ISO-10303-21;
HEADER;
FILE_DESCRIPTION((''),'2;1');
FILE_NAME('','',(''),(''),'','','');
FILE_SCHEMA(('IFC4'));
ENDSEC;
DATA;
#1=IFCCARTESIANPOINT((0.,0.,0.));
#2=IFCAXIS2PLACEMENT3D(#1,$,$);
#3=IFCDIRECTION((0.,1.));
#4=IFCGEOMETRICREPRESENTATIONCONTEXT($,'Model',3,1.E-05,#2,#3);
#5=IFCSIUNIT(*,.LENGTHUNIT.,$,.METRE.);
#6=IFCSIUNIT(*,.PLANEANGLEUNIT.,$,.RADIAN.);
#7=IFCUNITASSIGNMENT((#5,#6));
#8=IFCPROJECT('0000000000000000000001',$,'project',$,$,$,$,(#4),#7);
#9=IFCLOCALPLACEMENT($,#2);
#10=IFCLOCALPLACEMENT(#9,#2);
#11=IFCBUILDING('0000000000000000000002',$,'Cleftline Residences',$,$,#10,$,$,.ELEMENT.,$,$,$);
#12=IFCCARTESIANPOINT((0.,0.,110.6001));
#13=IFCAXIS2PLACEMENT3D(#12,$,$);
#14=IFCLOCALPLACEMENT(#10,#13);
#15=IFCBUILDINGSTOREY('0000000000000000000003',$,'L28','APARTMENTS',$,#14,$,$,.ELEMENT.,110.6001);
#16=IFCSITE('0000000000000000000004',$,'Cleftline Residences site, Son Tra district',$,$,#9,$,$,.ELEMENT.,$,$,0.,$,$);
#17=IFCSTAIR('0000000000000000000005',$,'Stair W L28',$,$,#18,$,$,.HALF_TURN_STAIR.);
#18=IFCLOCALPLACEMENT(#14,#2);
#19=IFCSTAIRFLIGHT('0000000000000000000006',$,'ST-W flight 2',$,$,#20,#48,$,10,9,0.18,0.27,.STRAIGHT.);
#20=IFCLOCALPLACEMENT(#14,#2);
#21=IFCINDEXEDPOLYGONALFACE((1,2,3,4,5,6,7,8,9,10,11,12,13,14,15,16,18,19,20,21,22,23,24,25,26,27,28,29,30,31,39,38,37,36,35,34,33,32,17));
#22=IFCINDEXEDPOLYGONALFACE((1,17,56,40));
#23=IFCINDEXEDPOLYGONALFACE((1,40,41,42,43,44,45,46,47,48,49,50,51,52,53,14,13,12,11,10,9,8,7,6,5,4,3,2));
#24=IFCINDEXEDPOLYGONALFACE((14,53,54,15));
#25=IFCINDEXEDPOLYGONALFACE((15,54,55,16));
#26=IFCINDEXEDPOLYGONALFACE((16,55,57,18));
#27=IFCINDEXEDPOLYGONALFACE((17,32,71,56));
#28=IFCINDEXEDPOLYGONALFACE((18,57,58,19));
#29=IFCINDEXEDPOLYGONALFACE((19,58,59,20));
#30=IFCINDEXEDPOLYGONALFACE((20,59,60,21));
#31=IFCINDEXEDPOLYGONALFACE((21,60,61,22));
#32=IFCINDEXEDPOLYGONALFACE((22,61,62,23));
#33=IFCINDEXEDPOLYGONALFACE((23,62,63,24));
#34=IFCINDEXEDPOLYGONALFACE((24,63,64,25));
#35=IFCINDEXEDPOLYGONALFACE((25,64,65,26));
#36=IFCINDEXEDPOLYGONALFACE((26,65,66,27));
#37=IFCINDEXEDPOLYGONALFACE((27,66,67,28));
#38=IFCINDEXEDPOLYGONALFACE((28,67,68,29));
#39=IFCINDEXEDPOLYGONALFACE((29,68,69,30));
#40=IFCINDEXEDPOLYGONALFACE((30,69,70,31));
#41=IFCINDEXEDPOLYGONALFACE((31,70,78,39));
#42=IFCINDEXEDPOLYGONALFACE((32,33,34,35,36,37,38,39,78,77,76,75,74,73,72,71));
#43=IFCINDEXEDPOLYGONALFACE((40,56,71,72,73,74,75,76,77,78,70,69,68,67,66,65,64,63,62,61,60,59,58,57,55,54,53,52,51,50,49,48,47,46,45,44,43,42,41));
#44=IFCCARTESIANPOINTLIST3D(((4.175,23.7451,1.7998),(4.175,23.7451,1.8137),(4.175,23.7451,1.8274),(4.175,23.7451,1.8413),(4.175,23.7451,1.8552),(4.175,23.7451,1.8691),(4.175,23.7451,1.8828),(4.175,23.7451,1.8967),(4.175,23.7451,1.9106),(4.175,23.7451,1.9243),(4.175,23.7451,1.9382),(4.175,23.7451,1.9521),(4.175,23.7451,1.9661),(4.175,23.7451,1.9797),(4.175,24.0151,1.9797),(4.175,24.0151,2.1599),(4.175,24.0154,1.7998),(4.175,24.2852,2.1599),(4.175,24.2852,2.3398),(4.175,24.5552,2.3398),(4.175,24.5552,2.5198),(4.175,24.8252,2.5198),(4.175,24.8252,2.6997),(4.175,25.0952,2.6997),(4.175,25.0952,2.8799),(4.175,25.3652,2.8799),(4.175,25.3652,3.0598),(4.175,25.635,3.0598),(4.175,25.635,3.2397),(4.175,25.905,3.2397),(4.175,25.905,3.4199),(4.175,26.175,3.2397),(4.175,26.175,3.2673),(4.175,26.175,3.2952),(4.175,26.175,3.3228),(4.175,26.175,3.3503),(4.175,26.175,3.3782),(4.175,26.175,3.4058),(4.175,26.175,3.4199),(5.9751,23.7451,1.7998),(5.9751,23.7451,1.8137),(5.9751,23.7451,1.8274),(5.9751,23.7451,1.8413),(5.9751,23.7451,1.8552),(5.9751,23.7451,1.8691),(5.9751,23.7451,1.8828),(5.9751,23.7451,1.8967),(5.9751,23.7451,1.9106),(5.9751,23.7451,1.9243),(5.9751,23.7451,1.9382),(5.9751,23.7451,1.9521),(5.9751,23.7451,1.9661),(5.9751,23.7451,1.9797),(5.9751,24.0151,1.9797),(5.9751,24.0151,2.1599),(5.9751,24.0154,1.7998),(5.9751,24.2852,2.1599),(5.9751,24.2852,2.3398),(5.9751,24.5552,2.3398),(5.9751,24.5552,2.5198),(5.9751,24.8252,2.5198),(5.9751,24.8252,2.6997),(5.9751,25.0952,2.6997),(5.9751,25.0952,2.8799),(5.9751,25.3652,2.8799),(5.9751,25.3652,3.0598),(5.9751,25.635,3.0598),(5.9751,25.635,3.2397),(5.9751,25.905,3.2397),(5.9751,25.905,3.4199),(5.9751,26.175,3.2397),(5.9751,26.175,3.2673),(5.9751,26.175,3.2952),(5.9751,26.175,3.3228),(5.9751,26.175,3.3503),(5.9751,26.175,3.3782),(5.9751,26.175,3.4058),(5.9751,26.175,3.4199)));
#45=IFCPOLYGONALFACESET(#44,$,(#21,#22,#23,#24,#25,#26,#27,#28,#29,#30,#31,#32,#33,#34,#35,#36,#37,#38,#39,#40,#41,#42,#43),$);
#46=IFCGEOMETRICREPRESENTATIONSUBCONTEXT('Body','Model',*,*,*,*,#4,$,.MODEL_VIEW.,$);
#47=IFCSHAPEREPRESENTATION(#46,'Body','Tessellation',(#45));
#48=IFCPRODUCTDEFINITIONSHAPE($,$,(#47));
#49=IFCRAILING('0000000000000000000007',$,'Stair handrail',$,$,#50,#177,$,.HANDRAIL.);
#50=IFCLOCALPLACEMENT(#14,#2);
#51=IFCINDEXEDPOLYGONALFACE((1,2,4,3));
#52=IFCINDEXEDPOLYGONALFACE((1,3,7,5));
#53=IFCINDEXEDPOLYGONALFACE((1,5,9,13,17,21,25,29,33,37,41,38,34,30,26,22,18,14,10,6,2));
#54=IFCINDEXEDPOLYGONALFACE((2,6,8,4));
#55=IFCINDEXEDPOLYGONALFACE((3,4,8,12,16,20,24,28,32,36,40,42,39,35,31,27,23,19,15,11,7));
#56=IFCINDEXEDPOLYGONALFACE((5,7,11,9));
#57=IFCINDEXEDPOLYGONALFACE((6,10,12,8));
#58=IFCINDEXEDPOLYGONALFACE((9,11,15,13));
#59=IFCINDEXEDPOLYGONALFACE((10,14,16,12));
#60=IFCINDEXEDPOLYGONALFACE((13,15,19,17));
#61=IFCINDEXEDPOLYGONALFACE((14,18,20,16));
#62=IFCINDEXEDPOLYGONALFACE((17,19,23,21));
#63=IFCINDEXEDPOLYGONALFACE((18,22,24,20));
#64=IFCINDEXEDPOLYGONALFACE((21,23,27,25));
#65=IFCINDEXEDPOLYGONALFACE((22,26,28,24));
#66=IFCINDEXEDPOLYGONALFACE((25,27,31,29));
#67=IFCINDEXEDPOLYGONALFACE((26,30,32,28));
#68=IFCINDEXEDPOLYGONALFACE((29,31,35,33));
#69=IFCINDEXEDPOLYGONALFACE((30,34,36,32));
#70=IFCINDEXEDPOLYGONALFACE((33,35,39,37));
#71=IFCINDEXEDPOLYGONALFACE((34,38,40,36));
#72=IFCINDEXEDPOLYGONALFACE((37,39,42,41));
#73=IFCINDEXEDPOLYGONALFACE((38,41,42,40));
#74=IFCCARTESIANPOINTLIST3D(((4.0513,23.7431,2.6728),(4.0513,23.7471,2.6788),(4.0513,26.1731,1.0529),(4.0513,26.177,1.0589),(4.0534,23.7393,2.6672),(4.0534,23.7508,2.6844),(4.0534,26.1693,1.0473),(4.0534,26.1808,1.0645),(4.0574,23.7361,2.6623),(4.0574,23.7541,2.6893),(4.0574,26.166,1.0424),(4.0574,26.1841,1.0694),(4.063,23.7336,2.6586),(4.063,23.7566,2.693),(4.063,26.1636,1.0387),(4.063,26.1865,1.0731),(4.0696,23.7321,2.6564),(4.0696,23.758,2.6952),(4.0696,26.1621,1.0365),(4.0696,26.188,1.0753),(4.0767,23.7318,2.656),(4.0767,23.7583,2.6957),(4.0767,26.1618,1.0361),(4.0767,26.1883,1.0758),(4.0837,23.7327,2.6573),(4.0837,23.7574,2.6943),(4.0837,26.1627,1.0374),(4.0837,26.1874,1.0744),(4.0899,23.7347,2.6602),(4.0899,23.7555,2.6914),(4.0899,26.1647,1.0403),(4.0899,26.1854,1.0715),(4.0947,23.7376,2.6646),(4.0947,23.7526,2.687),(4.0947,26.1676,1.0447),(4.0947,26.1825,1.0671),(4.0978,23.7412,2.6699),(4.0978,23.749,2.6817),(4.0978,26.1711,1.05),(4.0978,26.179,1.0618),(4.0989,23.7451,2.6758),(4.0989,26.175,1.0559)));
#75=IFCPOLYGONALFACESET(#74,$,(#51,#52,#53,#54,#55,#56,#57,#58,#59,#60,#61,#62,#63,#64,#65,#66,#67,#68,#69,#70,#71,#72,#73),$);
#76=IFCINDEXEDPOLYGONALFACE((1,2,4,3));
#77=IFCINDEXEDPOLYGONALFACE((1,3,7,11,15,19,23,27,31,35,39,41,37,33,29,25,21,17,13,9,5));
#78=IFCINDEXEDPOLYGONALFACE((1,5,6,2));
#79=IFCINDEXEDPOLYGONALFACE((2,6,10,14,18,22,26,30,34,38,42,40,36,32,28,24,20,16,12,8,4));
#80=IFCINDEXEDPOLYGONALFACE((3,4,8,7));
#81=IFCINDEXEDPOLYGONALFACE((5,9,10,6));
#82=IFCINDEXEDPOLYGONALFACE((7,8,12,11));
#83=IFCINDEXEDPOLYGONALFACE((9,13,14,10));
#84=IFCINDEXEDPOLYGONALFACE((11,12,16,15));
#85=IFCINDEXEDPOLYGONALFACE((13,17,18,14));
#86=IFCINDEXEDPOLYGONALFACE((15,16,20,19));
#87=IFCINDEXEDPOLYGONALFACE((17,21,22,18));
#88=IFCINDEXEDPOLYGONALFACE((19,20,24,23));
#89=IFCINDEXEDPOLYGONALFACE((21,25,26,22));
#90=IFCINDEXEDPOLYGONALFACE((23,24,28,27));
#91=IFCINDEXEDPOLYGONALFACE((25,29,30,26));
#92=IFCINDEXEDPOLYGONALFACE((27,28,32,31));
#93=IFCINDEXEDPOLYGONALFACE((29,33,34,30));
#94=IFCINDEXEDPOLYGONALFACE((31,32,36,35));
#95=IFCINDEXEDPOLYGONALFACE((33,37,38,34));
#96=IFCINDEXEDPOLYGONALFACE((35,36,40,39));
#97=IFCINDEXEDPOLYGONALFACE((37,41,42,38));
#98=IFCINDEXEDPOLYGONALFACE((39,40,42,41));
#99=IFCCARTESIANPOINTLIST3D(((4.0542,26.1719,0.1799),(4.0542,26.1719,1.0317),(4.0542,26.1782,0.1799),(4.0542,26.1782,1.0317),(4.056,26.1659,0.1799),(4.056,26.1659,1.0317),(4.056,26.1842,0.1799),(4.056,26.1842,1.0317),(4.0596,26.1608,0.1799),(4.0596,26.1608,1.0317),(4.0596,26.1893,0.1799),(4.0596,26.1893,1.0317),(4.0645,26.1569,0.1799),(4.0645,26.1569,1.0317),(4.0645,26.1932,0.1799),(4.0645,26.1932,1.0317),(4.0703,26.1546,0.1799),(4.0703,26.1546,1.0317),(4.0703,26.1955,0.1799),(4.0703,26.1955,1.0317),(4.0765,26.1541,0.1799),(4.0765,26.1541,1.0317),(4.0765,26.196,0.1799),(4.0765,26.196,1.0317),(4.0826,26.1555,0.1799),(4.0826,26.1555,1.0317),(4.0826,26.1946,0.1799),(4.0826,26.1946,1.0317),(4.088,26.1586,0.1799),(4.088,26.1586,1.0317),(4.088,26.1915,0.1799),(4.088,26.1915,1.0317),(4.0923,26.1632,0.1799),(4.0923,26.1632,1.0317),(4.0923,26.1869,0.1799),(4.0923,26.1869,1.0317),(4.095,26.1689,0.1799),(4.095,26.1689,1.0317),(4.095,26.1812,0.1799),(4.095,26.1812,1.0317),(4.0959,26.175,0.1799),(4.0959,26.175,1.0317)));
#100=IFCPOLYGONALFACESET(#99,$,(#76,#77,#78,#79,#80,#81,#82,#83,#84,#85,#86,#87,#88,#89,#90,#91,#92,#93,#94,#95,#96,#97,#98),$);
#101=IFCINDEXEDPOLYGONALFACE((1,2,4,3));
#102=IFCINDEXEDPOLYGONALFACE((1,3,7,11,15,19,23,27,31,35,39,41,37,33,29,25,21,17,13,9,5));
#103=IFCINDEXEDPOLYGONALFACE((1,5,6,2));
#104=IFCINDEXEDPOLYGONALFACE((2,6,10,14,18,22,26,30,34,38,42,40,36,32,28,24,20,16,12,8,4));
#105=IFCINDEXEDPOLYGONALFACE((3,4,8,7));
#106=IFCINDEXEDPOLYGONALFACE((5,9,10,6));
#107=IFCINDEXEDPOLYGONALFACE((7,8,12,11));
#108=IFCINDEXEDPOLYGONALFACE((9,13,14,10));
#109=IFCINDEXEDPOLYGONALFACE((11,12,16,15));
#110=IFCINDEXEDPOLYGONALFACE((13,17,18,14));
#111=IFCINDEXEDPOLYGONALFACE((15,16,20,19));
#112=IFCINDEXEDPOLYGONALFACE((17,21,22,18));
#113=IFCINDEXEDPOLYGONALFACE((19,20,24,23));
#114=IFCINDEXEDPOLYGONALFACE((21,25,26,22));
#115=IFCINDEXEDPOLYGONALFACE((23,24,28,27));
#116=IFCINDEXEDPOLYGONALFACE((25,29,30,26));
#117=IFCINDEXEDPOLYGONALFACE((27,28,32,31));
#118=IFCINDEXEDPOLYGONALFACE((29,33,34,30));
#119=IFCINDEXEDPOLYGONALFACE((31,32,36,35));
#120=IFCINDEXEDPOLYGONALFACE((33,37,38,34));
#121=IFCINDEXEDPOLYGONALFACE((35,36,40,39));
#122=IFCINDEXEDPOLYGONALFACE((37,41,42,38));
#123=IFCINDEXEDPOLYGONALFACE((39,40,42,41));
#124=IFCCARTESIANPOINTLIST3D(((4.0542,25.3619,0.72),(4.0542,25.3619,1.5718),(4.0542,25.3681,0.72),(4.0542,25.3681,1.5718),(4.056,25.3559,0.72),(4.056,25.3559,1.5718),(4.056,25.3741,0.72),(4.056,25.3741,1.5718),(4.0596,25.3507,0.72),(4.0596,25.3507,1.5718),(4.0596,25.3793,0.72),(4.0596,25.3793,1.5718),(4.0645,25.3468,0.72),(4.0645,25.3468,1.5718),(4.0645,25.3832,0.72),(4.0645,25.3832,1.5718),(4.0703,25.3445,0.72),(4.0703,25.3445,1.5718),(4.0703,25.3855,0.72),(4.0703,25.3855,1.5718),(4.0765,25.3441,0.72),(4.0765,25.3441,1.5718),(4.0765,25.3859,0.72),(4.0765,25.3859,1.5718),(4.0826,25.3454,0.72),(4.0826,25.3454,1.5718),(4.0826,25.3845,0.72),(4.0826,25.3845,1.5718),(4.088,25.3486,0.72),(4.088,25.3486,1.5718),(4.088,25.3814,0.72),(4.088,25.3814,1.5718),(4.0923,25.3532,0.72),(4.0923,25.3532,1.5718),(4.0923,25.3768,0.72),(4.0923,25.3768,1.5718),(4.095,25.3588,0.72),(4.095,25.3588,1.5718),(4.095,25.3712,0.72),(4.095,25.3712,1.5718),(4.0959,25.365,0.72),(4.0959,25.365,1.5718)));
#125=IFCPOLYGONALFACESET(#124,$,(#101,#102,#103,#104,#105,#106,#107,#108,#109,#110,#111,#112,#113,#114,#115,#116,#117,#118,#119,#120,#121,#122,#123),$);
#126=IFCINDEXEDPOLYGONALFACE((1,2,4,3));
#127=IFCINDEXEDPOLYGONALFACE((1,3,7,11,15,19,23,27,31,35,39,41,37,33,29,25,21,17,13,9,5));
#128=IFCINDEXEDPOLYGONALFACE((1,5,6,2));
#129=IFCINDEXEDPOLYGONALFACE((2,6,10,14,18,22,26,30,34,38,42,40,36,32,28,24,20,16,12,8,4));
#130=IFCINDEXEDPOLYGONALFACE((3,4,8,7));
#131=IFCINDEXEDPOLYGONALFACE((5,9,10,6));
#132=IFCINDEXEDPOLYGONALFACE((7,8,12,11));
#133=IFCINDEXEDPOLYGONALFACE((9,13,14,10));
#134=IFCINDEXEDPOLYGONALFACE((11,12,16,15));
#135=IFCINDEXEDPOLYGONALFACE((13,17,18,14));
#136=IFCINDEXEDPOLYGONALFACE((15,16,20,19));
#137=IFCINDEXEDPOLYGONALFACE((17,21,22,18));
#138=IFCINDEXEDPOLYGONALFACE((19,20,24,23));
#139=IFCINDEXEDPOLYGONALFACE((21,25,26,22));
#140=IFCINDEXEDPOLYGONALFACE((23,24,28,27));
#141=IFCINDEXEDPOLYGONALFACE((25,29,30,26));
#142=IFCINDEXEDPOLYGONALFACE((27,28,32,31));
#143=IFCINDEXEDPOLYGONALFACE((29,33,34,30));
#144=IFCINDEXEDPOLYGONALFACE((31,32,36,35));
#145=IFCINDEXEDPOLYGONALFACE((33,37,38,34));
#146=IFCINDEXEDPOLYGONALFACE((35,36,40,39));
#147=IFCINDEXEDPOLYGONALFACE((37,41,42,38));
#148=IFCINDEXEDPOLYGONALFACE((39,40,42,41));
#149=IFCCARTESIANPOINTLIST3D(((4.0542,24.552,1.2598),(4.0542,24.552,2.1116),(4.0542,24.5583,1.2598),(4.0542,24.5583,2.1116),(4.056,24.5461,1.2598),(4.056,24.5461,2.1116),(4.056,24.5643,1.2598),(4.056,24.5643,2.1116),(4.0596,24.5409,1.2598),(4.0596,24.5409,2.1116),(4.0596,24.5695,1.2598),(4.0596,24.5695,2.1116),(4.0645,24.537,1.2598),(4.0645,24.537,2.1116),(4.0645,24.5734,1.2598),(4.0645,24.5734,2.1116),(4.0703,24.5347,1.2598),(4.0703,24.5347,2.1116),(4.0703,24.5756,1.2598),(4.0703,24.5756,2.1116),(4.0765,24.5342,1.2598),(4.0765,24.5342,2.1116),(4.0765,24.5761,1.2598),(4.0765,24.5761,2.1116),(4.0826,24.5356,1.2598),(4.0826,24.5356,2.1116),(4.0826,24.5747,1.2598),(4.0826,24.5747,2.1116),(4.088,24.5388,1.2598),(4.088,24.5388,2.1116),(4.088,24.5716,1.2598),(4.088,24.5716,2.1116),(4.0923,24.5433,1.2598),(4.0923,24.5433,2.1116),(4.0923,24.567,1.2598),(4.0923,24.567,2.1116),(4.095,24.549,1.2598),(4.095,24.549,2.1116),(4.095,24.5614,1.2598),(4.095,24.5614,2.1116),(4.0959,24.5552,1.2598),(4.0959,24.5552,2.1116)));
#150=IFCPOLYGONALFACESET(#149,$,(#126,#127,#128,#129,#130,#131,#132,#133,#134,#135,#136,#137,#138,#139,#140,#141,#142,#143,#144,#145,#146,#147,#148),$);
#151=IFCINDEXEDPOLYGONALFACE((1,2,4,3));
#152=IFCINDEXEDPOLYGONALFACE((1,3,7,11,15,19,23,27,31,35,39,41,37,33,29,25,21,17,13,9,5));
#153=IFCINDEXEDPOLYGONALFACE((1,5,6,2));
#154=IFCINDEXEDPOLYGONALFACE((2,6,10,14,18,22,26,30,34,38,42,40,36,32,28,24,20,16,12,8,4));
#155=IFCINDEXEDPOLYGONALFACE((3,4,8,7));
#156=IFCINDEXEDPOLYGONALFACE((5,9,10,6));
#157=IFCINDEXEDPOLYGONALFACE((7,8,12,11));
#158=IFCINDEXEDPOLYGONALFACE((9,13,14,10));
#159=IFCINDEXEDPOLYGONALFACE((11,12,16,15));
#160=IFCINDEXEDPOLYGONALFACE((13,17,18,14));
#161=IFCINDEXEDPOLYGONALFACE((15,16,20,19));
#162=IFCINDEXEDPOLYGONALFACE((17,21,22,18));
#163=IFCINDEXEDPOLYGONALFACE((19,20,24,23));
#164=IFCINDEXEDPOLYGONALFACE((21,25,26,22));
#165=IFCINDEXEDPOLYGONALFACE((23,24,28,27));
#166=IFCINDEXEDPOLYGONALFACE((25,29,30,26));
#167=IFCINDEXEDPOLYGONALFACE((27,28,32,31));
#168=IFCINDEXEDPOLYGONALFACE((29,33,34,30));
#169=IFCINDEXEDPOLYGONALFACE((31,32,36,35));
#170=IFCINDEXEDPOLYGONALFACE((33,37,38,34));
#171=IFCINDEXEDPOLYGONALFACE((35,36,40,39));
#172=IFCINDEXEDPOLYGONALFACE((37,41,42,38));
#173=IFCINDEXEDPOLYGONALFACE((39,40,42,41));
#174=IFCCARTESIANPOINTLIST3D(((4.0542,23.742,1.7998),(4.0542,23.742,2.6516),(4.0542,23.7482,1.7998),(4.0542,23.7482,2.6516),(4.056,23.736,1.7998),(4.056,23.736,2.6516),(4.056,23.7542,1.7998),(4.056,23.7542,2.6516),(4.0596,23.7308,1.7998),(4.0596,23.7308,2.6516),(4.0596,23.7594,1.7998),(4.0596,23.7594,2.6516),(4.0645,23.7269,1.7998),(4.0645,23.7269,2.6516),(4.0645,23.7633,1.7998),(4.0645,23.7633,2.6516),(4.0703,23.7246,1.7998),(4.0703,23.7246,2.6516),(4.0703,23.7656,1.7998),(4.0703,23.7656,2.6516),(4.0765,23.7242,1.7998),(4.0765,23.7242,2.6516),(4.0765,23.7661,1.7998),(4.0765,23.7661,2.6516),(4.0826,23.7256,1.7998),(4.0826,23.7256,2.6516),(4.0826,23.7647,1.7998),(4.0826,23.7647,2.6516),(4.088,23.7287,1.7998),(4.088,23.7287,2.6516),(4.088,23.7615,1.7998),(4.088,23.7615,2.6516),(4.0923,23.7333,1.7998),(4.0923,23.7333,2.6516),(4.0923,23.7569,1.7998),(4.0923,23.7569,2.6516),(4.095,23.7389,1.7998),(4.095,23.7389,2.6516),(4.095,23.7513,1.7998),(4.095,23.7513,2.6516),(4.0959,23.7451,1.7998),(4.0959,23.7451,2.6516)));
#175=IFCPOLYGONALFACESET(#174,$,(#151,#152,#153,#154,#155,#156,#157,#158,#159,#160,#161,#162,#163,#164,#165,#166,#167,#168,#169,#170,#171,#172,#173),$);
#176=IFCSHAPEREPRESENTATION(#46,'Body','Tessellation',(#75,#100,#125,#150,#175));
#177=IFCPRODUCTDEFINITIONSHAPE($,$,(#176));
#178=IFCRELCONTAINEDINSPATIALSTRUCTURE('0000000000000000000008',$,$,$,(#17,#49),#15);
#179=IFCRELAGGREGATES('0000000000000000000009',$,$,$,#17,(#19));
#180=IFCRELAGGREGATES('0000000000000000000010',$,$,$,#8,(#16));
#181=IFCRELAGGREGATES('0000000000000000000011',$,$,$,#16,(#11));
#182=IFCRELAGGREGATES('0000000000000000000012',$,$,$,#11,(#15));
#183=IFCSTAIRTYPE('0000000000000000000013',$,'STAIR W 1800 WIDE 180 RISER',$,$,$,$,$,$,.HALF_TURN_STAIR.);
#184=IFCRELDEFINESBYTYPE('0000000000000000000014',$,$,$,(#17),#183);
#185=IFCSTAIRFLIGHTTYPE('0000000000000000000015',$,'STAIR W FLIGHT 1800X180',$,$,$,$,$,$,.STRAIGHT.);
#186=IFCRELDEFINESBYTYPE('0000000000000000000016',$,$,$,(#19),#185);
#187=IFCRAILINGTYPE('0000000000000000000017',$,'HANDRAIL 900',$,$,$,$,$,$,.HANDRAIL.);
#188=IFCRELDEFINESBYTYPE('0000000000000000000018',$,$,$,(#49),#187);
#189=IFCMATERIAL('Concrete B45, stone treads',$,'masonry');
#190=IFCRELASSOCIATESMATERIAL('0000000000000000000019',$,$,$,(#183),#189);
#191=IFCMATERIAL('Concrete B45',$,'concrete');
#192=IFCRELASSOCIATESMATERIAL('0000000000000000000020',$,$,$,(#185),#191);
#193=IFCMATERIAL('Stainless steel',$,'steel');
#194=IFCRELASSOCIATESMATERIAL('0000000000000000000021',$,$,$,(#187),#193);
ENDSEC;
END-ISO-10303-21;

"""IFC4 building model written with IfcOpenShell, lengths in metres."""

from ifc_helpers import new_model, si_unit, direction, frame, origin, origin_2d, place, context, subcontext, project, spatial, polyline, circle, outline, extrude, material, type_object, element, aggregate, save


model = new_model("IFC4")

# Units and contexts
model_context = context("Model", 3, precision=1e-05, world=origin(), true_north=direction((0.0, 1.0)))
body_context = subcontext(model_context, "Body", "Model", "MODEL_VIEW")
ifc_project = project(units=[si_unit("LENGTHUNIT", "METRE"), si_unit("PLANEANGLEUNIT", "RADIAN")], contexts=[model_context])

# Site, building, storey
site_placement = place(None, origin())
site = spatial("IfcSite", under=ifc_project, at=site_placement, Name="Cleftline Residences site, Son Tra district", CompositionType="ELEMENT", RefElevation=0.0)
building_placement = place(site_placement, origin())
building = spatial("IfcBuilding", under=site, at=building_placement, Name="Cleftline Residences", CompositionType="ELEMENT")
storey_placement = place(building_placement, frame((0.0, 0.0, 110.6001)))
storey = spatial("IfcBuildingStorey", under=building, at=storey_placement, Name="L28", Description="APARTMENTS", CompositionType="ELEMENT", Elevation=110.6001)

# Stair, stair flight
ifc_material_1 = material(Name="Concrete B45, stone treads", Category="masonry")
stair_type = type_object("IfcStairType", Name="STAIR W 1800 WIDE 180 RISER", PredefinedType="HALF_TURN_STAIR", material=ifc_material_1)
stair_placement = place(storey_placement, origin())
stair = element("IfcStair", 1, at=stair_placement, inside=storey, type_object=stair_type, Name="Stair W L28", PredefinedType="HALF_TURN_STAIR")
ifc_material_2 = material(Name="Concrete B45", Category="concrete")
stair_flight_type = type_object("IfcStairFlightType", Name="STAIR W FLIGHT 1800X180", PredefinedType="STRAIGHT", material=ifc_material_2)
stair_flight_1_placement = place(storey_placement, frame((5.075, 23.7451, 1.7998), z_axis=(0.0, 0.0, 1.0), x_axis=(0.0, 1.0, 0.0)))
stair_flight_1 = element("IfcStairFlight", 2, at=stair_flight_1_placement, type_object=stair_flight_type, Name="ST-W flight 2", NumberOfRisers=10, NumberOfTreads=9, PredefinedType="STRAIGHT", RiserHeight=0.18, TreadLength=0.27, context=body_context, shape_type="SweptSolid", body=[
    extrude(outline(polyline([(0.0, 0.0), (0.0, 0.0139), (0.0, 0.0276), (0.0, 0.0415), (0.0, 0.0554), (0.0, 0.0693), (0.0, 0.083), (0.0, 0.0969), (0.0, 0.1108), (0.0, 0.1245), (0.0, 0.1384), (0.0, 0.1523), (0.0, 0.1663), (0.0, 0.1799), (0.27, 0.1799), (0.27, 0.3601), (0.54, 0.3601), (0.54, 0.54), (0.8101, 0.54), (0.8101, 0.72), (1.0801, 0.72), (1.0801, 0.8999), (1.3501, 0.8999), (1.3501, 1.0801), (1.6201, 1.0801), (1.6201, 1.26), (1.8899, 1.26), (1.8899, 1.4399), (2.1599, 1.4399), (2.1599, 1.6201), (2.4299, 1.6201), (2.4299, 1.8), (2.4299, 1.7722), (2.4299, 1.7446), (2.4299, 1.7168), (2.4299, 1.6892), (2.4299, 1.6614), (2.4299, 1.6338), (2.4299, 1.606), (2.4299, 1.5784), (2.4299, 1.5505), (2.4299, 1.5229), (2.4299, 1.4954), (2.4299, 1.4675), (2.4299, 1.4399), (0.2703, 0.0), (0.0, 0.0)])), frame((0.0, 0.8999, 0.0), z_axis=(0.0, -1.0, 0.0), x_axis=(1.0, 0.0, 0.0)), (0.0, 0.0, 1.0), 1.8),
])
aggregate(stair, [stair_flight_1])

# Railing
ifc_material_3 = material(Name="Stainless steel", Category="steel")
railing_type = type_object("IfcRailingType", Name="HANDRAIL 900", PredefinedType="HANDRAIL", material=ifc_material_3)
railing_placement = place(storey_placement, frame((4.075, 26.175, 0.1799)))
element("IfcRailing", 3, at=railing_placement, inside=storey, type_object=railing_type, Name="Stair handrail", PredefinedType="HANDRAIL", context=body_context, shape_type="SweptSolid", body=[
    extrude(circle(Radius=0.0239, at=origin_2d()), frame((0.0, 0.0, 0.876), z_axis=(0.0, -0.832063, 0.554681), x_axis=(1.0, 0.0, 0.0)), (0.0, 0.0, 1.0), 2.9204),
    extrude(circle(Radius=0.021, at=origin_2d()), origin(), (0.0, 0.0, 1.0), 0.8518),
    extrude(circle(Radius=0.021, at=origin_2d()), frame((0.0, -0.8101, 0.54)), (0.0, 0.0, 1.0), 0.8518),
    extrude(circle(Radius=0.021, at=origin_2d()), frame((0.0, -1.6199, 1.0798)), (0.0, 0.0, 1.0), 0.8518),
    extrude(circle(Radius=0.021, at=origin_2d()), frame((0.0, -2.4299, 1.6199)), (0.0, 0.0, 1.0), 0.8518),
])

save(model, "model.ifc")
